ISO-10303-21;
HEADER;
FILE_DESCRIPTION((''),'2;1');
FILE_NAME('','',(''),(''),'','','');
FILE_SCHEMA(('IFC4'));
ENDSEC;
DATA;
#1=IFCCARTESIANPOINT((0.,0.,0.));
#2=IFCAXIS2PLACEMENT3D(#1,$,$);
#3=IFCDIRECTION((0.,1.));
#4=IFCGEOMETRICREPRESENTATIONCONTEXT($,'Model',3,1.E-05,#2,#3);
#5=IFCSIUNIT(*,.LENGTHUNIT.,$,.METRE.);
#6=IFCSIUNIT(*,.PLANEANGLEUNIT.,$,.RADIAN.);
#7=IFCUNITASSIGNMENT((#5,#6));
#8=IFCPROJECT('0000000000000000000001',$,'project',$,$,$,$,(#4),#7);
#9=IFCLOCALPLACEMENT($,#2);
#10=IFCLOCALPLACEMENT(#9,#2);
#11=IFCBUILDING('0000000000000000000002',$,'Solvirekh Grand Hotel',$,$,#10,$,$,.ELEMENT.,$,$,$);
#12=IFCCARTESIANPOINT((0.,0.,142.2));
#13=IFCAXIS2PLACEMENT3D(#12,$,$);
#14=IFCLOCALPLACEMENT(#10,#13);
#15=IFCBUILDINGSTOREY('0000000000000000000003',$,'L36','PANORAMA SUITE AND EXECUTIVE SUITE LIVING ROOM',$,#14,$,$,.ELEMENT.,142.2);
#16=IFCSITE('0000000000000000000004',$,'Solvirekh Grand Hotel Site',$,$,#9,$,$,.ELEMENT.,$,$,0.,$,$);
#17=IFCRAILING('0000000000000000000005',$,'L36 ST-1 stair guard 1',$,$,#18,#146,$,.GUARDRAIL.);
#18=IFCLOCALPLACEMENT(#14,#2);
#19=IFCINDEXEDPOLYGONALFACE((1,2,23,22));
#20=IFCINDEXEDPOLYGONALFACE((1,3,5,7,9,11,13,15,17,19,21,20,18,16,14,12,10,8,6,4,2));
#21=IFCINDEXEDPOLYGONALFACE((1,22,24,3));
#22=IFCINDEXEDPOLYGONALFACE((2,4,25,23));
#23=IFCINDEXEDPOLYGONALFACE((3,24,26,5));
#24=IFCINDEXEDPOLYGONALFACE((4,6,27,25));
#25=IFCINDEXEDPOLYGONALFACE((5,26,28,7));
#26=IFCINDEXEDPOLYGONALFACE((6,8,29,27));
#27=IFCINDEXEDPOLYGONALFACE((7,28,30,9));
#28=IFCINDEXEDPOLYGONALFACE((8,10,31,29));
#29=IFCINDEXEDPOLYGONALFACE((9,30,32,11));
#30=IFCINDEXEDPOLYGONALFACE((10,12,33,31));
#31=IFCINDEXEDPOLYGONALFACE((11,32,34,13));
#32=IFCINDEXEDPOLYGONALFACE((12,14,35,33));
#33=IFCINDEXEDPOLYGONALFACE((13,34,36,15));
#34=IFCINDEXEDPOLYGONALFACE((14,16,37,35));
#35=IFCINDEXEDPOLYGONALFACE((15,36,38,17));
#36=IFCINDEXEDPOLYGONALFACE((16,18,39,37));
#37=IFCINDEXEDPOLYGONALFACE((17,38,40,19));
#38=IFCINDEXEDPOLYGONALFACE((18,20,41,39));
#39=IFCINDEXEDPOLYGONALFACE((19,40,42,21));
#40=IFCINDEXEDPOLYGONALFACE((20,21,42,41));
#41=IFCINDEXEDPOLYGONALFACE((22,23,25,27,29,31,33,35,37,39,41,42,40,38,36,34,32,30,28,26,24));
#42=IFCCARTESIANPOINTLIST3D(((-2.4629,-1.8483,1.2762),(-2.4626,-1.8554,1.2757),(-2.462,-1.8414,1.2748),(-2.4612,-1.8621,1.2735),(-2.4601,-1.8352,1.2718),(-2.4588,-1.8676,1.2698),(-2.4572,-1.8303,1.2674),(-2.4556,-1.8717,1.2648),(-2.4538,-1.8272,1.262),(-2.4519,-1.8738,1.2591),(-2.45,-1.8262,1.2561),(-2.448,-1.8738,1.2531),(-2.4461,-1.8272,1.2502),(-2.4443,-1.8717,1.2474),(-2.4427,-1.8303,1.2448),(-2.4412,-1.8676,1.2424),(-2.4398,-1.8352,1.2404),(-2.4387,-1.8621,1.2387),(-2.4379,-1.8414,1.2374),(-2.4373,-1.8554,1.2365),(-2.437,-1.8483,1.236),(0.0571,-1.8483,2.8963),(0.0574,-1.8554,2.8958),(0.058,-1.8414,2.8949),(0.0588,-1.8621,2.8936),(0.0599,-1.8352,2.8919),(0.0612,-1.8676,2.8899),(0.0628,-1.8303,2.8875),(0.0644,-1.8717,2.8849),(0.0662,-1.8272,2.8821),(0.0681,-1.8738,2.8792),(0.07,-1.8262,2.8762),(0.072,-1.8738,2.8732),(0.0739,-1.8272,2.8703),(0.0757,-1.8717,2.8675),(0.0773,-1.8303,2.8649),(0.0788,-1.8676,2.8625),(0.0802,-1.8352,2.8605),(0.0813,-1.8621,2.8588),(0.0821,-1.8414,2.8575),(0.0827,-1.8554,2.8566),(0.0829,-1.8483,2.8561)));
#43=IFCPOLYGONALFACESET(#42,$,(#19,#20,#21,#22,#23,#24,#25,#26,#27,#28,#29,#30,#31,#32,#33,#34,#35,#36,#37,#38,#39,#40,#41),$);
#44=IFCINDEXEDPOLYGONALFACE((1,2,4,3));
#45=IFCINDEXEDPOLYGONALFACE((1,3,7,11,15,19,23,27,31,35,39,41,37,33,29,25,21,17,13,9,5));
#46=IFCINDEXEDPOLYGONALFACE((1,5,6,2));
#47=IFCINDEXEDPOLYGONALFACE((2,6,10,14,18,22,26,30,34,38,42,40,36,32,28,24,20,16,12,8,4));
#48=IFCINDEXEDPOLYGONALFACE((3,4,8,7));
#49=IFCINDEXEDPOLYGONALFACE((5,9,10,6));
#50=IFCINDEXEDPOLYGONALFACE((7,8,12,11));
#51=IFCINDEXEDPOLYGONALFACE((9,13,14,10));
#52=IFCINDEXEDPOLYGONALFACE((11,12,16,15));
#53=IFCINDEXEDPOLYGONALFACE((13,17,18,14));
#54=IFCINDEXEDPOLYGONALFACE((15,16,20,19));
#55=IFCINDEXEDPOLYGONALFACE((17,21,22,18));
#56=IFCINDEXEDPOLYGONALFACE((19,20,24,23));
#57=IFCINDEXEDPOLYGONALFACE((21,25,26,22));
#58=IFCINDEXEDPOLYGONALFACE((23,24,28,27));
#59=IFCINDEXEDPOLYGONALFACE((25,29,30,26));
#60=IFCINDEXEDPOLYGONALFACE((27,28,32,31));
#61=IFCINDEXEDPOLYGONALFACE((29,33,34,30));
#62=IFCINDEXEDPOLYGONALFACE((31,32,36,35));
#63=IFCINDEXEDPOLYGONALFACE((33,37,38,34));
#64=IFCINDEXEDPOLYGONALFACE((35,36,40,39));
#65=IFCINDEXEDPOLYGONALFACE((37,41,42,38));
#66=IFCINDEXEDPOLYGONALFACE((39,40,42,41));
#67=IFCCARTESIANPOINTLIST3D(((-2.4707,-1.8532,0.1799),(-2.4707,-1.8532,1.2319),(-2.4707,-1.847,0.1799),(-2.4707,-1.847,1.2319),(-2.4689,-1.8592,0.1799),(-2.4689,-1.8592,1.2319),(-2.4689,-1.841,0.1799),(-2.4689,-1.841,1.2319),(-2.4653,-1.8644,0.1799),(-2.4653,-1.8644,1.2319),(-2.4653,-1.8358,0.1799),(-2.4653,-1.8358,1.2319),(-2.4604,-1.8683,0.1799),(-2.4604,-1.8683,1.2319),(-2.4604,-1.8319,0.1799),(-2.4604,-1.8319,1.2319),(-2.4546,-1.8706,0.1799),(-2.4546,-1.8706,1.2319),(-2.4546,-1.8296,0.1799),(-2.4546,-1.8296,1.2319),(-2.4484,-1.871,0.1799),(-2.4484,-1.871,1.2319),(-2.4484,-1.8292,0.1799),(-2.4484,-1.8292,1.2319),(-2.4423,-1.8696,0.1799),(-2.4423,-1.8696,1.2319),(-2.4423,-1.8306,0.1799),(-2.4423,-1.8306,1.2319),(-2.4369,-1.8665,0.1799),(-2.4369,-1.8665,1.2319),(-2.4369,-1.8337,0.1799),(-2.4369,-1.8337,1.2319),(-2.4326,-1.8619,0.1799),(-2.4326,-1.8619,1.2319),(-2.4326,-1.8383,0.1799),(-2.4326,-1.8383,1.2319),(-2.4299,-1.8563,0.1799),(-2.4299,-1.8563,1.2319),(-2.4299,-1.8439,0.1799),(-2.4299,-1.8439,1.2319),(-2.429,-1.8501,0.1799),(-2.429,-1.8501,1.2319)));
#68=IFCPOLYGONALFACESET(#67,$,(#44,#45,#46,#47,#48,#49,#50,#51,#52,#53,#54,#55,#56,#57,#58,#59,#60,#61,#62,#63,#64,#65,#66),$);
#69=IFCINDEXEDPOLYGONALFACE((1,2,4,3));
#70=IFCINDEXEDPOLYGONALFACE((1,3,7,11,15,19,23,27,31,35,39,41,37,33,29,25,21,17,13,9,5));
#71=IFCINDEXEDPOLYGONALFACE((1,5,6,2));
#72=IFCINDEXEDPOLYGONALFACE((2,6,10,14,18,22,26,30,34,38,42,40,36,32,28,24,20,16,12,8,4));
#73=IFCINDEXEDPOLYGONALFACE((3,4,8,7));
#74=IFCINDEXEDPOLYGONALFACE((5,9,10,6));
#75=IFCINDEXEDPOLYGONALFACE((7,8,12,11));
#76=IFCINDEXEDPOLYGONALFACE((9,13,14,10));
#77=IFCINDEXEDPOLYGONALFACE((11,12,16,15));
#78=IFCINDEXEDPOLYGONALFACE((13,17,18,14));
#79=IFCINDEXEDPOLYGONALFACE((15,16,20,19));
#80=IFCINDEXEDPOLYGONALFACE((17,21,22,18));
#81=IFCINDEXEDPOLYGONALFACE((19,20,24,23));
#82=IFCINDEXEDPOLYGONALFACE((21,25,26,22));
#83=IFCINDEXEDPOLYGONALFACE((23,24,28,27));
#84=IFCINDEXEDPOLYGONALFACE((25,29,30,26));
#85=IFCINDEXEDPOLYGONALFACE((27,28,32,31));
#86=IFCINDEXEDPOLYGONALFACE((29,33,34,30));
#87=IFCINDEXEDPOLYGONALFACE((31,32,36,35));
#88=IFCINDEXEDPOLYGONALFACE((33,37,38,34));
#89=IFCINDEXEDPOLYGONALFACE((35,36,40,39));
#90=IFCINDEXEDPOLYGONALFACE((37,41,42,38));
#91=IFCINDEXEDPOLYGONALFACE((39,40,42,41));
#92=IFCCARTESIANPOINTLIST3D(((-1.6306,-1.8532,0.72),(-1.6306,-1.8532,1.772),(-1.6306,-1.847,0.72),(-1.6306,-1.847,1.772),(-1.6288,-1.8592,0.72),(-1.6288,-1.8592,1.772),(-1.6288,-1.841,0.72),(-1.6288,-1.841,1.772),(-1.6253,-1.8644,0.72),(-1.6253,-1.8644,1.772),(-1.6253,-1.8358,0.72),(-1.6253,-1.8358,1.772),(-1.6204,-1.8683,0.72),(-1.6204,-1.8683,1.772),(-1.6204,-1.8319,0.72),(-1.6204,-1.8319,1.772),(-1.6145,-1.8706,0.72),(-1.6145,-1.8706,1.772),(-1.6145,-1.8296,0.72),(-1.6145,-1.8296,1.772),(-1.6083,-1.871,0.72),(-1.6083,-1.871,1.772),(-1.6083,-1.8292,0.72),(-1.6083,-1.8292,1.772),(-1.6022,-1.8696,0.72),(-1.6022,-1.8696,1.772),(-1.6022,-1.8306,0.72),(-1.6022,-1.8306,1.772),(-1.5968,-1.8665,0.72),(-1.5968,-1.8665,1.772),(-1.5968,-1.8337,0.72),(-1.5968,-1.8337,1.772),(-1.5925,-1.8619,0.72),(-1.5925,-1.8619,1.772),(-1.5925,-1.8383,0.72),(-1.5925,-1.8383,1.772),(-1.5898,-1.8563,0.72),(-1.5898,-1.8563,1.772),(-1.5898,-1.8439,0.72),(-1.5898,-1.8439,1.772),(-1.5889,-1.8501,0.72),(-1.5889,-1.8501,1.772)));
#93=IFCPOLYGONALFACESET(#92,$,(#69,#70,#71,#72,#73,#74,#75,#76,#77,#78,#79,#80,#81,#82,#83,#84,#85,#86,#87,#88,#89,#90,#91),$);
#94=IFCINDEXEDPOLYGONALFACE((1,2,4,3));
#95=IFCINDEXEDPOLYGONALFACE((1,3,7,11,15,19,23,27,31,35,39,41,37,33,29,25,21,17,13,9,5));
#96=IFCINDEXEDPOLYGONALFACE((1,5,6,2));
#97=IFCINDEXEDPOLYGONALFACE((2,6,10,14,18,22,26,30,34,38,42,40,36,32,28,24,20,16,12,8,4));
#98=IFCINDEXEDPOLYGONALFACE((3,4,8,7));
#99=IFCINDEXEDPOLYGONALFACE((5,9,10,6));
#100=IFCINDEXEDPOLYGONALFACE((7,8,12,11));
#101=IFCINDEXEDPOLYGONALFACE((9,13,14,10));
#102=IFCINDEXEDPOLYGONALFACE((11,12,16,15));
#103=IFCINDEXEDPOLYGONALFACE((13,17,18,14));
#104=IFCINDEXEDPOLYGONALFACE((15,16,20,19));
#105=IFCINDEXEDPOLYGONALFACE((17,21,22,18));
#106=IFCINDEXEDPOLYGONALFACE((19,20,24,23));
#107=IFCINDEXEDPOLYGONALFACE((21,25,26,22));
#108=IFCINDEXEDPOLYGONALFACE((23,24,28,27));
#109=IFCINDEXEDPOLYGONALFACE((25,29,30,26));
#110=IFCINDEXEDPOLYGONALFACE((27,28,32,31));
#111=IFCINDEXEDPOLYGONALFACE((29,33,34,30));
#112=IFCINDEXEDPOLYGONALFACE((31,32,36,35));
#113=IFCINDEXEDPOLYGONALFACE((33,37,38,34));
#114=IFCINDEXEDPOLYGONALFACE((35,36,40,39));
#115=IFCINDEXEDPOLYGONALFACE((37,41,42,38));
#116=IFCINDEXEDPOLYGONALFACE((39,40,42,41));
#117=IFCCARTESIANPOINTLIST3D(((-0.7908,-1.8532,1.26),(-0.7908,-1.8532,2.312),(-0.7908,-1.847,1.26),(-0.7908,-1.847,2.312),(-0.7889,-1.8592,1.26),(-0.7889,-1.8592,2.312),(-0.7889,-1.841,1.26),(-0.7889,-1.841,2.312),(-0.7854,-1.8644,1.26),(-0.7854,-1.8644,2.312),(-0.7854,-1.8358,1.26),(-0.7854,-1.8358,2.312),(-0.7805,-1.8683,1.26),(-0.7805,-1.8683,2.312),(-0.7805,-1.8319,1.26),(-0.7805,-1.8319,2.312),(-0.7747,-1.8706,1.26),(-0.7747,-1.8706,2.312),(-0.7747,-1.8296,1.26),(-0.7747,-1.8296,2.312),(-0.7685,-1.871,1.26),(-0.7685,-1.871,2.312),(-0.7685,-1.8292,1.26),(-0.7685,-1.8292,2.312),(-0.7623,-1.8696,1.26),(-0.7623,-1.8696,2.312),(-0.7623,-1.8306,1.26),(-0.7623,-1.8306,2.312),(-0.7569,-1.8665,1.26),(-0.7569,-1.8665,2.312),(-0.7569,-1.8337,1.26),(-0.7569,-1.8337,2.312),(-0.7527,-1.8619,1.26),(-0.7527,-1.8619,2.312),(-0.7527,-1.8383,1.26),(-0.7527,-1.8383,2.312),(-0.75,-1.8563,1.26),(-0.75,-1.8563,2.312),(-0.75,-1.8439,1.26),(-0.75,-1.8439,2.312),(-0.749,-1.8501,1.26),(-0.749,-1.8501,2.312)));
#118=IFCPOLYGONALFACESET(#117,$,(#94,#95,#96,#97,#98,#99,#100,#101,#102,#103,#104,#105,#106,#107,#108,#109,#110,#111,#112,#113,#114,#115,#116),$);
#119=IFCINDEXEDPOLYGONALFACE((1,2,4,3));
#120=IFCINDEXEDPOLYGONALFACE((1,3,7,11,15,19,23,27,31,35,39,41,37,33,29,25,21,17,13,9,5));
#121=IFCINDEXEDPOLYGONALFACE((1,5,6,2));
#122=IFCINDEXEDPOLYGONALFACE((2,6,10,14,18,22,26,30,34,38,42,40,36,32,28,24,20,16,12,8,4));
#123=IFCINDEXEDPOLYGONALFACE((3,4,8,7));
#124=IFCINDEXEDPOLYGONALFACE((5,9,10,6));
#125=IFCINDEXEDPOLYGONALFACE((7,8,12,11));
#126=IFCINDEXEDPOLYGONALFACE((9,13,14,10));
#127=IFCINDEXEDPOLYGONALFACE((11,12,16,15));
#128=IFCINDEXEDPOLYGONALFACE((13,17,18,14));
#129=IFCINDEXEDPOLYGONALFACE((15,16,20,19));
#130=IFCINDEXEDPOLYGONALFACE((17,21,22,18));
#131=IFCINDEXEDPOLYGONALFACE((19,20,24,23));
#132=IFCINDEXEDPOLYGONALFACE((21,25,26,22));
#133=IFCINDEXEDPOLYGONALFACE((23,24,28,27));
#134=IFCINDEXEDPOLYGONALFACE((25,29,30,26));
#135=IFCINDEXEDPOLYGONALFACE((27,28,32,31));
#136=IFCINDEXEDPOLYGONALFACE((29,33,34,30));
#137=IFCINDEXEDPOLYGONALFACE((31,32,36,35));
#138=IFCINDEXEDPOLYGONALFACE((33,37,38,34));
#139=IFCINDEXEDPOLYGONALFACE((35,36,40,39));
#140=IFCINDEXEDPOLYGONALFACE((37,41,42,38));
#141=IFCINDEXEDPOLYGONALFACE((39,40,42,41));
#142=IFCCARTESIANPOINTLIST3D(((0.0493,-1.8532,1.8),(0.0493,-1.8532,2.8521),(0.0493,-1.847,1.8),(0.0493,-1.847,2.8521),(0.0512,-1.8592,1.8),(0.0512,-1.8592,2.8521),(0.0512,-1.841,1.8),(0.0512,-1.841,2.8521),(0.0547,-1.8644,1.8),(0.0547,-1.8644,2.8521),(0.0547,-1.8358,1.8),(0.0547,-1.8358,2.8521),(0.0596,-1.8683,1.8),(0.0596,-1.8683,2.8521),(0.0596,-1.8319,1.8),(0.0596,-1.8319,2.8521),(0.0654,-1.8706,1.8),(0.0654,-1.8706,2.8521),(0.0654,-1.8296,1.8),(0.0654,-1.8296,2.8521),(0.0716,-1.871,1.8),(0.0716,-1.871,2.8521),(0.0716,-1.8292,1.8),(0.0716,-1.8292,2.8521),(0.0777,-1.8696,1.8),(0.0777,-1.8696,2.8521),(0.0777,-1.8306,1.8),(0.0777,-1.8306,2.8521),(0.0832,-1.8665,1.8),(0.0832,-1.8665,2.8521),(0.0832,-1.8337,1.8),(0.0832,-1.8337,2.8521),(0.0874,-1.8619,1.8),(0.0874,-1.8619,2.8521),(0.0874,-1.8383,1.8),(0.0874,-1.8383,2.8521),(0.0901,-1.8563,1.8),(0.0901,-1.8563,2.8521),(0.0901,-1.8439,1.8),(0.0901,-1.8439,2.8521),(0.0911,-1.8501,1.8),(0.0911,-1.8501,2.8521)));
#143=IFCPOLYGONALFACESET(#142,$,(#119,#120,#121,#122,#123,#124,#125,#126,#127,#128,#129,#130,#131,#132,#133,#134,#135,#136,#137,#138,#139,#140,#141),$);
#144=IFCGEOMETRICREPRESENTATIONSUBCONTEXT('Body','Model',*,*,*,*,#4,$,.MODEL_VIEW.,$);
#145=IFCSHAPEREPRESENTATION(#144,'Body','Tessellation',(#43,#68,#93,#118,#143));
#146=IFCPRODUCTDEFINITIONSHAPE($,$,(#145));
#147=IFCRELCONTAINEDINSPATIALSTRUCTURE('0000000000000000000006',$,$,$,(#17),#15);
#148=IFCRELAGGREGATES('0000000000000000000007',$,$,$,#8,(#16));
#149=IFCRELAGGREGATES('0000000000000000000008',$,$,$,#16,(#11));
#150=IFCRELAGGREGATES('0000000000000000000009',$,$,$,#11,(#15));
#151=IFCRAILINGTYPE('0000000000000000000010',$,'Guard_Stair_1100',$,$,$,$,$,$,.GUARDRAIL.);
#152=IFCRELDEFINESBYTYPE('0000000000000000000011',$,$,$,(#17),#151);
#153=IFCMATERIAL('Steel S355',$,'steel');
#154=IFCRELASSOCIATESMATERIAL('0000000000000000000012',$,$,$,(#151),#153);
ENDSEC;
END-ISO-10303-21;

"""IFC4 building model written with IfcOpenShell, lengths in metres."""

from ifc_helpers import new_model, si_unit, direction, frame, origin, origin_2d, place, context, subcontext, project, spatial, circle, extrude, material, type_object, element, save


model = new_model("IFC4")

# Units and contexts
model_context = context("Model", 3, precision=1e-05, world=origin(), true_north=direction((0.0, 1.0)))
body_context = subcontext(model_context, "Body", "Model", "MODEL_VIEW")
ifc_project = project(units=[si_unit("LENGTHUNIT", "METRE"), si_unit("PLANEANGLEUNIT", "RADIAN")], contexts=[model_context])

# Site, building, storey
site_placement = place(None, origin())
site = spatial("IfcSite", under=ifc_project, at=site_placement, Name="Solvirekh Grand Hotel Site", CompositionType="ELEMENT", RefElevation=0.0)
building_placement = place(site_placement, origin())
building = spatial("IfcBuilding", under=site, at=building_placement, Name="Solvirekh Grand Hotel", CompositionType="ELEMENT")
storey_placement = place(building_placement, frame((0.0, 0.0, 142.2)))
storey = spatial("IfcBuildingStorey", under=building, at=storey_placement, Name="L36", Description="PANORAMA SUITE AND EXECUTIVE SUITE LIVING ROOM", CompositionType="ELEMENT", Elevation=142.2)

# Shared definitions
ifc_material_1 = material(Name="Steel S355", Category="steel")

# Railing
railing_type_1 = type_object("IfcRailingType", Name="Guard_Stair_1100", PredefinedType="GUARDRAIL", material=ifc_material_1)
railing_1_placement = place(storey_placement, frame((-2.45, -1.8501, 0.1799)))
element("IfcRailing", 1, at=railing_1_placement, inside=storey, type_object=railing_type_1, Name="L36 ST-1 stair guard 1", PredefinedType="GUARDRAIL", context=body_context, shape_type="SweptSolid", body=[
    extrude(circle(Radius=0.0239, at=origin_2d()), frame((0.0, 0.0, 1.0762), z_axis=(0.841163, 0.0, 0.540782), x_axis=(0.0, 1.0, 0.0)), (0.0, 0.0, 1.0), 2.9958),
    extrude(circle(Radius=0.021, at=origin_2d()), origin(), (0.0, 0.0, 1.0), 1.052),
    extrude(circle(Radius=0.021, at=origin_2d()), frame((0.8401, 0.0, 0.54)), (0.0, 0.0, 1.0), 1.052),
    extrude(circle(Radius=0.021, at=origin_2d()), frame((1.6799, 0.0, 1.0801)), (0.0, 0.0, 1.0), 1.052),
    extrude(circle(Radius=0.021, at=origin_2d()), frame((2.52, 0.0, 1.6201)), (0.0, 0.0, 1.0), 1.052),
])

save(model, "model.ifc")
